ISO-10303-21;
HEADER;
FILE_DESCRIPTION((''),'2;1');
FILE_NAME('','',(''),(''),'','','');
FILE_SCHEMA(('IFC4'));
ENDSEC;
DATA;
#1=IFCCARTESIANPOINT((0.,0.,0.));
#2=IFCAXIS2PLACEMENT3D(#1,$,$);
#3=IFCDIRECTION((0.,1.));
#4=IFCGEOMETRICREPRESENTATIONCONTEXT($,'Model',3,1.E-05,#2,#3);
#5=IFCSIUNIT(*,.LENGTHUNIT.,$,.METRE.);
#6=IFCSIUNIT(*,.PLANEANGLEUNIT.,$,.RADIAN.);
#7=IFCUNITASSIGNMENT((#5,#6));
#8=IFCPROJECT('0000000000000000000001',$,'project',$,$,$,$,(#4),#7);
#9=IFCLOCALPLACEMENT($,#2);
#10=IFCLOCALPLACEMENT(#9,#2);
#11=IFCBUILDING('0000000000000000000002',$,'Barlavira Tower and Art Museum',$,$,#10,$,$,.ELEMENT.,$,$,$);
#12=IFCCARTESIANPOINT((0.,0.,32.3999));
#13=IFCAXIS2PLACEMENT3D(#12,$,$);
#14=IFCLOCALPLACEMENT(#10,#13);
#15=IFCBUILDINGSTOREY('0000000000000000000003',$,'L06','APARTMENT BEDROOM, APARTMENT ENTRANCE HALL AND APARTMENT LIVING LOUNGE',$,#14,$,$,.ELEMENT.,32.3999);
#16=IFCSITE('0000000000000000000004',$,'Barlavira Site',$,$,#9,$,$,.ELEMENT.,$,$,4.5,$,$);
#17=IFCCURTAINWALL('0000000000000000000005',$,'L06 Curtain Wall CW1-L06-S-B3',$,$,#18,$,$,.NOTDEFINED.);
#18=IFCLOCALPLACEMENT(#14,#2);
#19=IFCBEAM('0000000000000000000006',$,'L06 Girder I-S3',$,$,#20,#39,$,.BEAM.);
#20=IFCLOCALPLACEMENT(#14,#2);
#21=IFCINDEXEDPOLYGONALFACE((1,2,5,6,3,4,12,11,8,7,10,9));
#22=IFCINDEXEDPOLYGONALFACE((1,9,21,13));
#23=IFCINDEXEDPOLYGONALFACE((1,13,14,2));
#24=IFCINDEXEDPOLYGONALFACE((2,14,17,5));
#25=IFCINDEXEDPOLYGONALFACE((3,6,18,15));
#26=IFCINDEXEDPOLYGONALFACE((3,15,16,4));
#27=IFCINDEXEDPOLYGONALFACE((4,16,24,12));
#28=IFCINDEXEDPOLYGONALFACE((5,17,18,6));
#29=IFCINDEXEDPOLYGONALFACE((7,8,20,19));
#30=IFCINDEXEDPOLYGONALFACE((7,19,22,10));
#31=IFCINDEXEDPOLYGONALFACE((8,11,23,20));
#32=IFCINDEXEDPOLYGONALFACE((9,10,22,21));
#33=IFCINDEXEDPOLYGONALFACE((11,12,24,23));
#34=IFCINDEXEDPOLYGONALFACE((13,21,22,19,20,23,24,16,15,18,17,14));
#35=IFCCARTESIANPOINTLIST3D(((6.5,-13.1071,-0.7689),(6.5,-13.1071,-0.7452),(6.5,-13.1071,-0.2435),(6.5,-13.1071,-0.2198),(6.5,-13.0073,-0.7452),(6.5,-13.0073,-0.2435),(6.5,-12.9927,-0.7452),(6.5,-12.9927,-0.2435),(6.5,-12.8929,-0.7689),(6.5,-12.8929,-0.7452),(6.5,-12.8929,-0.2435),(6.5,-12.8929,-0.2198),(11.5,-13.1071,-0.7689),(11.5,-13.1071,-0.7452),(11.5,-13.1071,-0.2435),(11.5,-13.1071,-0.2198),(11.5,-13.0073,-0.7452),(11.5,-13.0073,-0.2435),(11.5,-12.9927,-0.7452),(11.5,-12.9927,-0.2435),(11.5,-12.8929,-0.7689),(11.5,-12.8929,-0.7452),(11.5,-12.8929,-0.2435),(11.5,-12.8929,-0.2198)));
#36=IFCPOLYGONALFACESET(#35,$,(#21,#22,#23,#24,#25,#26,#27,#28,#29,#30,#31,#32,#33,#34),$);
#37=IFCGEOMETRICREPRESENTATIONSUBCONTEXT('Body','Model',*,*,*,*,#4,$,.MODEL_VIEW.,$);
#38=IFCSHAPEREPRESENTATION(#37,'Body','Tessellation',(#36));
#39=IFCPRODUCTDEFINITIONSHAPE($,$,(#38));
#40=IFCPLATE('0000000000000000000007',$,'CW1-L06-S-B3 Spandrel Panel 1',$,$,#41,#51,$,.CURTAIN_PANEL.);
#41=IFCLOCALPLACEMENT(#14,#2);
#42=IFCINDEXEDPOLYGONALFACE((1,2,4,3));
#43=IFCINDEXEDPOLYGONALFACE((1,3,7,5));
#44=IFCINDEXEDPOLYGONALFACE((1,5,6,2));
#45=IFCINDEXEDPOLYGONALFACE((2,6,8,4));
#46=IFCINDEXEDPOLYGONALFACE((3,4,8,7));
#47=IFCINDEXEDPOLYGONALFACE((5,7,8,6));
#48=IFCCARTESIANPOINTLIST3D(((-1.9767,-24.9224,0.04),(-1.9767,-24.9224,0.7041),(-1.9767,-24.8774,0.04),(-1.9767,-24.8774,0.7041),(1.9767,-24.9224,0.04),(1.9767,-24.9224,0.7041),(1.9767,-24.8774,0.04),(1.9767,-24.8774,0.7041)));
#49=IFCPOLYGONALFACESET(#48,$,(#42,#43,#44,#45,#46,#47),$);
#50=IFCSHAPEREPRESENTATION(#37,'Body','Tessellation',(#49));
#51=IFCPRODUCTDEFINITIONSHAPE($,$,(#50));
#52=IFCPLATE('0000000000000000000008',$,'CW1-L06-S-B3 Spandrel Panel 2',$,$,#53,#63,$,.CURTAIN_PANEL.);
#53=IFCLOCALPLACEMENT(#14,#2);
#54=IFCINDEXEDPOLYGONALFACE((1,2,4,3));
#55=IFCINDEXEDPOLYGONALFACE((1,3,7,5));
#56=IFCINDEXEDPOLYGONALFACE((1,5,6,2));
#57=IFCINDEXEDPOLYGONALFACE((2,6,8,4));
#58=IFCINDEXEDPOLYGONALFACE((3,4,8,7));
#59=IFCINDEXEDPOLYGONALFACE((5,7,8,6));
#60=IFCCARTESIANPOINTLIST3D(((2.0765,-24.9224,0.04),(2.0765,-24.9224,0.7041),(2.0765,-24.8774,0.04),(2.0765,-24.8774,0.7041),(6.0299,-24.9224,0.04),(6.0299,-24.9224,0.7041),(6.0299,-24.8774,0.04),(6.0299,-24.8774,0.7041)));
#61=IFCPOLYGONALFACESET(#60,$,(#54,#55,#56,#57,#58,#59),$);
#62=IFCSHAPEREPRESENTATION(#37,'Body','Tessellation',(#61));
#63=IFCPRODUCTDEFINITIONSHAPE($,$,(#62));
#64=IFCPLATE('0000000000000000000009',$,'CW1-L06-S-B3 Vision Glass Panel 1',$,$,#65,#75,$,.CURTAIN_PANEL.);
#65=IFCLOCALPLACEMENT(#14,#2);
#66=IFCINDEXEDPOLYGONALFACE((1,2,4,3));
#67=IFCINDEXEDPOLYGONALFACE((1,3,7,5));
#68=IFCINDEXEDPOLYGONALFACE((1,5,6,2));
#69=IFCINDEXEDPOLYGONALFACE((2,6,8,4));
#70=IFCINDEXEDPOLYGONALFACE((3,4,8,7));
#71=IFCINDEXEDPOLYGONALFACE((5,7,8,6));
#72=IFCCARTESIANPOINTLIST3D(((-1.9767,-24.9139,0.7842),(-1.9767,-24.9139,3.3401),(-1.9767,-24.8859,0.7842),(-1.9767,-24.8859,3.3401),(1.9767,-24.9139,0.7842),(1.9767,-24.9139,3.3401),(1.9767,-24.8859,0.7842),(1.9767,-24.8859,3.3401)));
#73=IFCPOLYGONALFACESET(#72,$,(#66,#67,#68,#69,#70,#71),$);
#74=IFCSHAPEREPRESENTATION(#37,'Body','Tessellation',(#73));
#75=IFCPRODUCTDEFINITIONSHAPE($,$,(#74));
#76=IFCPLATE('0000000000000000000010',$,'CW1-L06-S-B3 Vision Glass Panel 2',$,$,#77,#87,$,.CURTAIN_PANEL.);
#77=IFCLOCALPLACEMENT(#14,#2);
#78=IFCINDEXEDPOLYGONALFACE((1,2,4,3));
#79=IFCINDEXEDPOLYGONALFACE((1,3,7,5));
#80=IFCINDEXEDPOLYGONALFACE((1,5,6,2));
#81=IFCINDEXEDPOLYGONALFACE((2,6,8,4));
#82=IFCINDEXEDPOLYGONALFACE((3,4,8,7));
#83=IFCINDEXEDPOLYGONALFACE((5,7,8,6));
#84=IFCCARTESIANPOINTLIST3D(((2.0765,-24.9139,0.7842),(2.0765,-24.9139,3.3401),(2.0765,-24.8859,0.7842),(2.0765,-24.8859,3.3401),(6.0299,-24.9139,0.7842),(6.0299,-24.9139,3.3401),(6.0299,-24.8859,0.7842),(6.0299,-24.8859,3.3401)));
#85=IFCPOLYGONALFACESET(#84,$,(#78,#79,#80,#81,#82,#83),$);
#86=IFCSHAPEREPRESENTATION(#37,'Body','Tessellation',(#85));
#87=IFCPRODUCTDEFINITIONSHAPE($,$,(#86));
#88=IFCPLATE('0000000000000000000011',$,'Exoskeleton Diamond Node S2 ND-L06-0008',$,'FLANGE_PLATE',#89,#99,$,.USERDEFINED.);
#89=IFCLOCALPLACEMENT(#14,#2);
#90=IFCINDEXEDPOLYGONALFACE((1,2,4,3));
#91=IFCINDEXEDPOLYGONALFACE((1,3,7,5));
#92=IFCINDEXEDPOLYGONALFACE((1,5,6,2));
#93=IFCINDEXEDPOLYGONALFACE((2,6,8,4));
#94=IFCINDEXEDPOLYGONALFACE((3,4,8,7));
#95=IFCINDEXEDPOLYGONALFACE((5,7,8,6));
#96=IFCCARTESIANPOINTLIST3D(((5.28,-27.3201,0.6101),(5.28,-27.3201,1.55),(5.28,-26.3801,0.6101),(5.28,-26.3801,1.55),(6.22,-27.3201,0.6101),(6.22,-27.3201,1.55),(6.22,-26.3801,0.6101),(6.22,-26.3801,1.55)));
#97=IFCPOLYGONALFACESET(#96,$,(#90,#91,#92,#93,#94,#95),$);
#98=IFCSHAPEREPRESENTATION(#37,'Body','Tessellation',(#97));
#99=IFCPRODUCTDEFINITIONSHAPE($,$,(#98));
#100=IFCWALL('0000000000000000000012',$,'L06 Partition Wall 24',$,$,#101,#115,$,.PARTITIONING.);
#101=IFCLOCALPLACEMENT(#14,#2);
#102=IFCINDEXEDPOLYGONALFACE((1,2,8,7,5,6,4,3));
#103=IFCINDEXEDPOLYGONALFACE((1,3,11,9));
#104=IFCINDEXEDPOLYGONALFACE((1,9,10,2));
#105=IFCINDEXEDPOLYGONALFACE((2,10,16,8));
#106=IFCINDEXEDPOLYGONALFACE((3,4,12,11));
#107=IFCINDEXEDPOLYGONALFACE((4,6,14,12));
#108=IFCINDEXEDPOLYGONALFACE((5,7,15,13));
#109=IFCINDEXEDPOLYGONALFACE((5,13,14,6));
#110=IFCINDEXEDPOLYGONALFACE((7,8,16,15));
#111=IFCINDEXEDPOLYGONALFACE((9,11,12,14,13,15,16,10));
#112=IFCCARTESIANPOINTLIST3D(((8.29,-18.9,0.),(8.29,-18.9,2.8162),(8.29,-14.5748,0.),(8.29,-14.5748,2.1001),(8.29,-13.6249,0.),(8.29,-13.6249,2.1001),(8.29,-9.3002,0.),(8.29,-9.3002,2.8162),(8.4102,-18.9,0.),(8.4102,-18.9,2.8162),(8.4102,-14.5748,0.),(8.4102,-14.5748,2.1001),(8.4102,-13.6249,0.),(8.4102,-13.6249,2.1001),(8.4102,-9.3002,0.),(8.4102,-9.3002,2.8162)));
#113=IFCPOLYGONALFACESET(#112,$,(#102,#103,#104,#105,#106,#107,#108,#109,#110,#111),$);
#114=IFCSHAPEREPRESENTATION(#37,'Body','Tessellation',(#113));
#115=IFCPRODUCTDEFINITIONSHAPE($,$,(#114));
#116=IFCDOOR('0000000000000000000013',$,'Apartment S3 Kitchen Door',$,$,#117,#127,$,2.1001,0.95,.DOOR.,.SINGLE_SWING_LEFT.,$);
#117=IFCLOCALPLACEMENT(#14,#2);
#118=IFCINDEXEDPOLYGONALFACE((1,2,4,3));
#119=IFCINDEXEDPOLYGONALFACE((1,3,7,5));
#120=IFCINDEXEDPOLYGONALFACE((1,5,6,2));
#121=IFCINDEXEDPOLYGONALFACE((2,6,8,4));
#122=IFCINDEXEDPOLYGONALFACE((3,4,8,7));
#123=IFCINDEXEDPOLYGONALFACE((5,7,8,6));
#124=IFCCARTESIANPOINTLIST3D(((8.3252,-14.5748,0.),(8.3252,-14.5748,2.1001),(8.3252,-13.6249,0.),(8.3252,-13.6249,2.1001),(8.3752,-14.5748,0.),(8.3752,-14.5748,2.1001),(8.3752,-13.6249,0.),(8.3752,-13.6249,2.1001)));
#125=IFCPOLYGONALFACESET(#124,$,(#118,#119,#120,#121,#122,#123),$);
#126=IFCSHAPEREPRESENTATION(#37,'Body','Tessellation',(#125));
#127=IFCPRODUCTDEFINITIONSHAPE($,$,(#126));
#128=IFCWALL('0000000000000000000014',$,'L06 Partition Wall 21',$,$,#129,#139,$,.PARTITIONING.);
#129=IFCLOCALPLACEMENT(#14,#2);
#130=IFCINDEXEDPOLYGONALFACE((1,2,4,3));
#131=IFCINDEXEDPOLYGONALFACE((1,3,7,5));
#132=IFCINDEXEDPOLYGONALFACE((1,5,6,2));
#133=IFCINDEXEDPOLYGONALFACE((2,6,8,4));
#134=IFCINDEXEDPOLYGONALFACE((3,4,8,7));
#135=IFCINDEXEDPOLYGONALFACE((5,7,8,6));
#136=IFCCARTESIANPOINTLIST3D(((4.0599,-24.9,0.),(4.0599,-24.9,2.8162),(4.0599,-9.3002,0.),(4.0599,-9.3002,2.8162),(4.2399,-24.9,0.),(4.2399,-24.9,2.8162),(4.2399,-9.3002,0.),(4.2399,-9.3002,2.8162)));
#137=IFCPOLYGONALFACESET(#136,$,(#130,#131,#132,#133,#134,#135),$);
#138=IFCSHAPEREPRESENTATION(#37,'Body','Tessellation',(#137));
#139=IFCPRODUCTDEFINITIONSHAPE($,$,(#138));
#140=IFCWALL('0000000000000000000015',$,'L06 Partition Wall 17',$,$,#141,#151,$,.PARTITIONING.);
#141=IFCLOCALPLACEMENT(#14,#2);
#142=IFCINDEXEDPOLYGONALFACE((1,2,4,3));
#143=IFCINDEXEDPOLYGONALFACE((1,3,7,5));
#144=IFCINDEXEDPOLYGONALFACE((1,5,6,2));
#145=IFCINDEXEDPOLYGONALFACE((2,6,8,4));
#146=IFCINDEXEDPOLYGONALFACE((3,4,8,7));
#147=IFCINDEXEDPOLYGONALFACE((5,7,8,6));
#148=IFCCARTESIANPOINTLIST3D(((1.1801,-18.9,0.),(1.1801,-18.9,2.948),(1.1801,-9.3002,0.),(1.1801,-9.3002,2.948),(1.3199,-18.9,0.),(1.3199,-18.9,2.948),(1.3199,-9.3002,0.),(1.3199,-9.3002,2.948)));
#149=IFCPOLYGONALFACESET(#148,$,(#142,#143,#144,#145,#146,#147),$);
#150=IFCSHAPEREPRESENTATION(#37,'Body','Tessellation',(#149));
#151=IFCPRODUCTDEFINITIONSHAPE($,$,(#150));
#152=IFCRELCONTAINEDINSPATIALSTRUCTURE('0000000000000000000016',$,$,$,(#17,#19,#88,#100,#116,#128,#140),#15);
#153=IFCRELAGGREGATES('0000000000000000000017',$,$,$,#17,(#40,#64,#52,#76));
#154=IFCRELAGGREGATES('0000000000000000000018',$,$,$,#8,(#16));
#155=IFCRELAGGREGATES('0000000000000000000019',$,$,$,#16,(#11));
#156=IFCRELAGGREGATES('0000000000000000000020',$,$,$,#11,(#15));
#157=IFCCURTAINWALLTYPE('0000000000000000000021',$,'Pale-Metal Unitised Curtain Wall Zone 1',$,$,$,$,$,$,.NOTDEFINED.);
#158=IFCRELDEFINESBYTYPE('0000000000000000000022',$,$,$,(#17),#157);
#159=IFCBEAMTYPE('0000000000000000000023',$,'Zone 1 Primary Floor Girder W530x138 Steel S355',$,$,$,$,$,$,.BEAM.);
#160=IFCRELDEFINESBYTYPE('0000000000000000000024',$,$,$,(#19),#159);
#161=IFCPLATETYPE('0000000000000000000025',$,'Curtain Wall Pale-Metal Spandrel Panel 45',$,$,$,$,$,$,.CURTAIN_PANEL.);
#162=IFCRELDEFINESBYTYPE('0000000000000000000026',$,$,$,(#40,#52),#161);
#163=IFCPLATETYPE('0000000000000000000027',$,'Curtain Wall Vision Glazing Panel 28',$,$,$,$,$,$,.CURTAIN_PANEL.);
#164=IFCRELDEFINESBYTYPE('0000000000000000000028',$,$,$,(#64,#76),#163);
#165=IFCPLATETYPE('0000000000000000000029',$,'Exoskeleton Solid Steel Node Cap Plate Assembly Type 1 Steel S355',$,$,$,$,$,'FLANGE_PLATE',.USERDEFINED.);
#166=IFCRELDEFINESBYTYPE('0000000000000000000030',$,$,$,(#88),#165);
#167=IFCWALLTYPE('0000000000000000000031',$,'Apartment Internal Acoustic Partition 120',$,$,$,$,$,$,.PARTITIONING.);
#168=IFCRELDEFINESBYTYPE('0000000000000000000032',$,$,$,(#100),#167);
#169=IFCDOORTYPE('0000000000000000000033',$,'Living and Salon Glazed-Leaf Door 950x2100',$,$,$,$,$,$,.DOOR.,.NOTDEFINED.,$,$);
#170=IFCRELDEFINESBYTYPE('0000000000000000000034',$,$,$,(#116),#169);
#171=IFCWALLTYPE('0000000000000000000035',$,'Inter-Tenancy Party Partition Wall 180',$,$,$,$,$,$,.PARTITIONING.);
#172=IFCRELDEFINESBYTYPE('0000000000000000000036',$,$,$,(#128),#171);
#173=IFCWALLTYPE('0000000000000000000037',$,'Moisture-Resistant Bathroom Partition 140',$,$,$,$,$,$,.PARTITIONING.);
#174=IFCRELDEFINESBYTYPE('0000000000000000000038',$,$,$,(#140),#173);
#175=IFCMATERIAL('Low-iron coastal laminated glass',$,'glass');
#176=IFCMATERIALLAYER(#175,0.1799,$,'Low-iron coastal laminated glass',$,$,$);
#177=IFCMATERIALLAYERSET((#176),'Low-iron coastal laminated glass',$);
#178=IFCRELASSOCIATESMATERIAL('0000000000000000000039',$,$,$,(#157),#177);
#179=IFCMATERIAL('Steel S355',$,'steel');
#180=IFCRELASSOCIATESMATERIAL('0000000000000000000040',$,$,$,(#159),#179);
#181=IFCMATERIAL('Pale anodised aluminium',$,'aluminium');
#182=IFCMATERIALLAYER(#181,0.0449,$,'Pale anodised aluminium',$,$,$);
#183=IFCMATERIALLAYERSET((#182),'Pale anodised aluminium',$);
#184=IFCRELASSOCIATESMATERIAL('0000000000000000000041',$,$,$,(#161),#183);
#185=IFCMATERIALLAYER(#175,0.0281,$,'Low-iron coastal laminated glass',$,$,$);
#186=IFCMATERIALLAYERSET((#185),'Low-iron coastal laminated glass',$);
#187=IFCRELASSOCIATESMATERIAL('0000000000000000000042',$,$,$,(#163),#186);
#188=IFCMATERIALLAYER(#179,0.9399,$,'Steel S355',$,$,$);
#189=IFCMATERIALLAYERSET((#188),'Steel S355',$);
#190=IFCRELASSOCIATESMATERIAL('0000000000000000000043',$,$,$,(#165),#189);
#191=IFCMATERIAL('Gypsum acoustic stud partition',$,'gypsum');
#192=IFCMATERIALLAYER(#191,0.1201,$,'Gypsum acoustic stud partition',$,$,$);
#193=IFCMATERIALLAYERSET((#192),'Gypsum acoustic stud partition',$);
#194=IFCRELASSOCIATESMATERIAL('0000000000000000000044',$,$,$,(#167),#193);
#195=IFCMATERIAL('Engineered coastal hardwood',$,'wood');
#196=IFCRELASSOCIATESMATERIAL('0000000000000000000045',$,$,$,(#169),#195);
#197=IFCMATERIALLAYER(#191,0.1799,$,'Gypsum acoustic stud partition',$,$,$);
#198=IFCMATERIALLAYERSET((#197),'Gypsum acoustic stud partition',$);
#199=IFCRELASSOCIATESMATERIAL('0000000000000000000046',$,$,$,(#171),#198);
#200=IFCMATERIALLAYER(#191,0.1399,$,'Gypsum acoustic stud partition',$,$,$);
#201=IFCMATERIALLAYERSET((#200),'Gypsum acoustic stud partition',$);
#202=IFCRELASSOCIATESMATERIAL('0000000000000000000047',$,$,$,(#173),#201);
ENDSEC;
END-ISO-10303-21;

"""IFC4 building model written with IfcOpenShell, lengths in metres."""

from ifc_helpers import new_model, si_unit, direction, frame, frame_2d, origin, origin_2d, place, context, subcontext, project, spatial, rectangle, i_section, extrude, material, layer, layer_set, material_profile, profile_set, type_object, element, fill, aggregate, save


model = new_model("IFC4")

# Units and contexts
model_context = context("Model", 3, precision=1e-05, world=origin(), true_north=direction((0.0, 1.0)))
body_context = subcontext(model_context, "Body", "Model", "MODEL_VIEW")
ifc_project = project(units=[si_unit("LENGTHUNIT", "METRE"), si_unit("PLANEANGLEUNIT", "RADIAN")], contexts=[model_context])

# Site, building, storey
site_placement = place(None, origin())
site = spatial("IfcSite", under=ifc_project, at=site_placement, Name="Barlavira Site", CompositionType="ELEMENT", RefElevation=4.5)
building_placement = place(site_placement, origin())
building = spatial("IfcBuilding", under=site, at=building_placement, Name="Barlavira Tower and Art Museum", CompositionType="ELEMENT")
storey_placement = place(building_placement, frame((0.0, 0.0, 32.3999)))
storey = spatial("IfcBuildingStorey", under=building, at=storey_placement, Name="L06", Description="APARTMENT BEDROOM, APARTMENT ENTRANCE HALL AND APARTMENT LIVING LOUNGE", CompositionType="ELEMENT", Elevation=32.3999)

# Curtain wall
ifc_material_1 = material(Name="Low-iron coastal laminated glass", Category="glass")
ifc_layer_1 = layer(ifc_material_1, 0.1799, Name="Low-iron coastal laminated glass")
ifc_layer_set_1 = layer_set([ifc_layer_1], Name="Low-iron coastal laminated glass")
curtain_wall_type = type_object("IfcCurtainWallType", Name="Pale-Metal Unitised Curtain Wall Zone 1", PredefinedType="NOTDEFINED", material=ifc_layer_set_1)
curtain_wall_placement = place(storey_placement, origin())
curtain_wall = element("IfcCurtainWall", 1, at=curtain_wall_placement, inside=storey, type_object=curtain_wall_type, Name="L06 Curtain Wall CW1-L06-S-B3", PredefinedType="NOTDEFINED")
ifc_material_2 = material(Name="Pale anodised aluminium", Category="aluminium")

# Beam
ifc_material_3 = material(Name="Steel S355", Category="steel")
ifc_material_profile_1 = material_profile(ifc_material_3, i_section(OverallWidth=0.2141, OverallDepth=0.5491, WebThickness=0.0146, FlangeThickness=0.0237, at=origin_2d()), Name="W530x138.0")
ifc_profile_set_1 = profile_set([ifc_material_profile_1], Name="Steel S355")
beam_type_1 = type_object("IfcBeamType", Name="Zone 1 Primary Floor Girder W530x138 Steel S355", PredefinedType="BEAM", material=ifc_profile_set_1)
beam_1_placement = place(storey_placement, frame((6.5, -13.0, -0.4944), z_axis=(1.0, 0.0, 0.0), x_axis=(0.0, 1.0, 0.0)))
element("IfcBeam", 2, at=beam_1_placement, inside=storey, type_object=beam_type_1, Name="L06 Girder I-S3", PredefinedType="BEAM", context=body_context, shape_type="SweptSolid", body=[
    extrude(i_section(OverallWidth=0.2141, OverallDepth=0.5491, WebThickness=0.0146, FlangeThickness=0.0237, at=origin_2d()), origin(), (0.0, 0.0, 1.0), 5.0),
])

# Plates
ifc_layer_2 = layer(ifc_material_2, 0.0449, Name="Pale anodised aluminium")
ifc_layer_set_2 = layer_set([ifc_layer_2], Name="Pale anodised aluminium")
plate_type_1 = type_object("IfcPlateType", Name="Curtain Wall Pale-Metal Spandrel Panel 45", PredefinedType="CURTAIN_PANEL", material=ifc_layer_set_2)
plate_1_placement = place(storey_placement, frame((0.0, -24.8999, 0.04), z_axis=(0.0, 0.0, 1.0), x_axis=(1.0, 0.0, 0.0)))
plate_1 = element("IfcPlate", 3, at=plate_1_placement, type_object=plate_type_1, Name="CW1-L06-S-B3 Spandrel Panel 1", PredefinedType="CURTAIN_PANEL", context=body_context, shape_type="SweptSolid", body=[
    extrude(rectangle(XDim=3.9534, YDim=0.0449, at=origin_2d()), origin(), (0.0, 0.0, 1.0), 0.6641),
])
plate_2_placement = place(storey_placement, frame((4.0532, -24.8999, 0.04), z_axis=(0.0, 0.0, 1.0), x_axis=(1.0, 0.0, 0.0)))
plate_2 = element("IfcPlate", 4, at=plate_2_placement, type_object=plate_type_1, Name="CW1-L06-S-B3 Spandrel Panel 2", PredefinedType="CURTAIN_PANEL", context=body_context, shape_type="SweptSolid", body=[
    extrude(rectangle(XDim=3.9534, YDim=0.0449, at=origin_2d()), origin(), (0.0, 0.0, 1.0), 0.6641),
])
ifc_layer_3 = layer(ifc_material_1, 0.0281, Name="Low-iron coastal laminated glass")
ifc_layer_set_3 = layer_set([ifc_layer_3], Name="Low-iron coastal laminated glass")
plate_type_2 = type_object("IfcPlateType", Name="Curtain Wall Vision Glazing Panel 28", PredefinedType="CURTAIN_PANEL", material=ifc_layer_set_3)
plate_3_placement = place(storey_placement, frame((0.0, -24.8999, 0.7842), z_axis=(0.0, 0.0, 1.0), x_axis=(1.0, 0.0, 0.0)))
plate_3 = element("IfcPlate", 5, at=plate_3_placement, type_object=plate_type_2, Name="CW1-L06-S-B3 Vision Glass Panel 1", PredefinedType="CURTAIN_PANEL", context=body_context, shape_type="SweptSolid", body=[
    extrude(rectangle(XDim=3.9534, YDim=0.0281, at=origin_2d()), origin(), (0.0, 0.0, 1.0), 2.5559),
])
plate_4_placement = place(storey_placement, frame((4.0532, -24.8999, 0.7842), z_axis=(0.0, 0.0, 1.0), x_axis=(1.0, 0.0, 0.0)))
plate_4 = element("IfcPlate", 6, at=plate_4_placement, type_object=plate_type_2, Name="CW1-L06-S-B3 Vision Glass Panel 2", PredefinedType="CURTAIN_PANEL", context=body_context, shape_type="SweptSolid", body=[
    extrude(rectangle(XDim=3.9534, YDim=0.0281, at=origin_2d()), origin(), (0.0, 0.0, 1.0), 2.5559),
])
aggregate(curtain_wall, [plate_1, plate_3, plate_2, plate_4])
ifc_layer_4 = layer(ifc_material_3, 0.9399, Name="Steel S355")
ifc_layer_set_4 = layer_set([ifc_layer_4], Name="Steel S355")
plate_type_3 = type_object("IfcPlateType", Name="Exoskeleton Solid Steel Node Cap Plate Assembly Type 1 Steel S355", ElementType="FLANGE_PLATE", PredefinedType="USERDEFINED", material=ifc_layer_set_4)
plate_5_placement = place(storey_placement, frame((5.75, -26.8501, 0.6101), z_axis=(0.0, 0.0, 1.0), x_axis=(1.0, 0.0, 0.0)))
element("IfcPlate", 7, at=plate_5_placement, inside=storey, type_object=plate_type_3, Name="Exoskeleton Diamond Node S2 ND-L06-0008", ObjectType="FLANGE_PLATE", PredefinedType="USERDEFINED", context=body_context, shape_type="SweptSolid", body=[
    extrude(rectangle(XDim=0.9399, YDim=0.9399, at=origin_2d()), origin(), (0.0, 0.0, 1.0), 0.9399),
])

# Wall, opening, door
ifc_material_4 = material(Name="Gypsum acoustic stud partition", Category="gypsum")
ifc_layer_5 = layer(ifc_material_4, 0.1201, Name="Gypsum acoustic stud partition")
ifc_layer_set_5 = layer_set([ifc_layer_5], Name="Gypsum acoustic stud partition")
wall_type_1 = type_object("IfcWallType", Name="Apartment Internal Acoustic Partition 120", PredefinedType="PARTITIONING", material=ifc_layer_set_5)
wall_1_placement = place(storey_placement, frame((8.3501, -18.8999, 0.0), z_axis=(0.0, 0.0, 1.0), x_axis=(0.0, 1.0, 0.0)))
wall_1 = element("IfcWall", 8, at=wall_1_placement, inside=storey, type_object=wall_type_1, Name="L06 Partition Wall 24", PredefinedType="PARTITIONING", context=body_context, shape_type="SweptSolid", body=[
    extrude(rectangle(XDim=9.5999, YDim=0.1201, at=frame_2d((4.7998, 0.0))), origin(), (0.0, 0.0, 1.0), 2.8162),
])
opening_1_placement = place(wall_1_placement, frame((4.325, 0.0, 0.0)))
opening_1 = element("IfcOpeningElement", 9, at=opening_1_placement, cuts=wall_1, PredefinedType="OPENING", context=body_context, shape_type="SweptSolid", body=[
    extrude(rectangle(XDim=0.95, YDim=2.1001, at=frame_2d((0.4751, 1.05))), frame((0.0, 0.0701, 0.0), z_axis=(0.0, -1.0, 0.0), x_axis=(1.0, 0.0, 0.0)), (0.0, 0.0, 1.0), 0.1401),
])
ifc_material_5 = material(Name="Engineered coastal hardwood", Category="wood")
door_type_1 = type_object("IfcDoorType", Name="Living and Salon Glazed-Leaf Door 950x2100", OperationType="NOTDEFINED", PredefinedType="DOOR", material=ifc_material_5)
door_1_placement = place(opening_1_placement, origin())
door_1 = element("IfcDoor", 10, at=door_1_placement, inside=storey, type_object=door_type_1, Name="Apartment S3 Kitchen Door", OperationType="SINGLE_SWING_LEFT", OverallHeight=2.1001, OverallWidth=0.95, PredefinedType="DOOR", context=body_context, shape_type="SweptSolid", body=[
    extrude(rectangle(XDim=0.95, YDim=2.1001, at=frame_2d((0.4751, 1.05))), frame((0.0, 0.0249, 0.0), z_axis=(0.0, -1.0, 0.0), x_axis=(1.0, 0.0, 0.0)), (0.0, 0.0, 1.0), 0.05),
])
fill(opening_1, door_1)

# Walls
ifc_layer_6 = layer(ifc_material_4, 0.1799, Name="Gypsum acoustic stud partition")
ifc_layer_set_6 = layer_set([ifc_layer_6], Name="Gypsum acoustic stud partition")
wall_type_2 = type_object("IfcWallType", Name="Inter-Tenancy Party Partition Wall 180", PredefinedType="PARTITIONING", material=ifc_layer_set_6)
wall_2_placement = place(storey_placement, frame((4.1499, -24.8999, 0.0), z_axis=(0.0, 0.0, 1.0), x_axis=(0.0, 1.0, 0.0)))
element("IfcWall", 11, at=wall_2_placement, inside=storey, type_object=wall_type_2, Name="L06 Partition Wall 21", PredefinedType="PARTITIONING", context=body_context, shape_type="SweptSolid", body=[
    extrude(rectangle(XDim=15.5999, YDim=0.1799, at=frame_2d((7.7998, 0.0))), origin(), (0.0, 0.0, 1.0), 2.8162),
])
ifc_layer_7 = layer(ifc_material_4, 0.1399, Name="Gypsum acoustic stud partition")
ifc_layer_set_7 = layer_set([ifc_layer_7], Name="Gypsum acoustic stud partition")
wall_type_3 = type_object("IfcWallType", Name="Moisture-Resistant Bathroom Partition 140", PredefinedType="PARTITIONING", material=ifc_layer_set_7)
wall_3_placement = place(storey_placement, frame((1.25, -18.8999, 0.0), z_axis=(0.0, 0.0, 1.0), x_axis=(0.0, 1.0, 0.0)))
element("IfcWall", 12, at=wall_3_placement, inside=storey, type_object=wall_type_3, Name="L06 Partition Wall 17", PredefinedType="PARTITIONING", context=body_context, shape_type="SweptSolid", body=[
    extrude(rectangle(XDim=9.5999, YDim=0.1399, at=frame_2d((4.7998, 0.0))), origin(), (0.0, 0.0, 1.0), 2.948),
])

save(model, "model.ifc")
